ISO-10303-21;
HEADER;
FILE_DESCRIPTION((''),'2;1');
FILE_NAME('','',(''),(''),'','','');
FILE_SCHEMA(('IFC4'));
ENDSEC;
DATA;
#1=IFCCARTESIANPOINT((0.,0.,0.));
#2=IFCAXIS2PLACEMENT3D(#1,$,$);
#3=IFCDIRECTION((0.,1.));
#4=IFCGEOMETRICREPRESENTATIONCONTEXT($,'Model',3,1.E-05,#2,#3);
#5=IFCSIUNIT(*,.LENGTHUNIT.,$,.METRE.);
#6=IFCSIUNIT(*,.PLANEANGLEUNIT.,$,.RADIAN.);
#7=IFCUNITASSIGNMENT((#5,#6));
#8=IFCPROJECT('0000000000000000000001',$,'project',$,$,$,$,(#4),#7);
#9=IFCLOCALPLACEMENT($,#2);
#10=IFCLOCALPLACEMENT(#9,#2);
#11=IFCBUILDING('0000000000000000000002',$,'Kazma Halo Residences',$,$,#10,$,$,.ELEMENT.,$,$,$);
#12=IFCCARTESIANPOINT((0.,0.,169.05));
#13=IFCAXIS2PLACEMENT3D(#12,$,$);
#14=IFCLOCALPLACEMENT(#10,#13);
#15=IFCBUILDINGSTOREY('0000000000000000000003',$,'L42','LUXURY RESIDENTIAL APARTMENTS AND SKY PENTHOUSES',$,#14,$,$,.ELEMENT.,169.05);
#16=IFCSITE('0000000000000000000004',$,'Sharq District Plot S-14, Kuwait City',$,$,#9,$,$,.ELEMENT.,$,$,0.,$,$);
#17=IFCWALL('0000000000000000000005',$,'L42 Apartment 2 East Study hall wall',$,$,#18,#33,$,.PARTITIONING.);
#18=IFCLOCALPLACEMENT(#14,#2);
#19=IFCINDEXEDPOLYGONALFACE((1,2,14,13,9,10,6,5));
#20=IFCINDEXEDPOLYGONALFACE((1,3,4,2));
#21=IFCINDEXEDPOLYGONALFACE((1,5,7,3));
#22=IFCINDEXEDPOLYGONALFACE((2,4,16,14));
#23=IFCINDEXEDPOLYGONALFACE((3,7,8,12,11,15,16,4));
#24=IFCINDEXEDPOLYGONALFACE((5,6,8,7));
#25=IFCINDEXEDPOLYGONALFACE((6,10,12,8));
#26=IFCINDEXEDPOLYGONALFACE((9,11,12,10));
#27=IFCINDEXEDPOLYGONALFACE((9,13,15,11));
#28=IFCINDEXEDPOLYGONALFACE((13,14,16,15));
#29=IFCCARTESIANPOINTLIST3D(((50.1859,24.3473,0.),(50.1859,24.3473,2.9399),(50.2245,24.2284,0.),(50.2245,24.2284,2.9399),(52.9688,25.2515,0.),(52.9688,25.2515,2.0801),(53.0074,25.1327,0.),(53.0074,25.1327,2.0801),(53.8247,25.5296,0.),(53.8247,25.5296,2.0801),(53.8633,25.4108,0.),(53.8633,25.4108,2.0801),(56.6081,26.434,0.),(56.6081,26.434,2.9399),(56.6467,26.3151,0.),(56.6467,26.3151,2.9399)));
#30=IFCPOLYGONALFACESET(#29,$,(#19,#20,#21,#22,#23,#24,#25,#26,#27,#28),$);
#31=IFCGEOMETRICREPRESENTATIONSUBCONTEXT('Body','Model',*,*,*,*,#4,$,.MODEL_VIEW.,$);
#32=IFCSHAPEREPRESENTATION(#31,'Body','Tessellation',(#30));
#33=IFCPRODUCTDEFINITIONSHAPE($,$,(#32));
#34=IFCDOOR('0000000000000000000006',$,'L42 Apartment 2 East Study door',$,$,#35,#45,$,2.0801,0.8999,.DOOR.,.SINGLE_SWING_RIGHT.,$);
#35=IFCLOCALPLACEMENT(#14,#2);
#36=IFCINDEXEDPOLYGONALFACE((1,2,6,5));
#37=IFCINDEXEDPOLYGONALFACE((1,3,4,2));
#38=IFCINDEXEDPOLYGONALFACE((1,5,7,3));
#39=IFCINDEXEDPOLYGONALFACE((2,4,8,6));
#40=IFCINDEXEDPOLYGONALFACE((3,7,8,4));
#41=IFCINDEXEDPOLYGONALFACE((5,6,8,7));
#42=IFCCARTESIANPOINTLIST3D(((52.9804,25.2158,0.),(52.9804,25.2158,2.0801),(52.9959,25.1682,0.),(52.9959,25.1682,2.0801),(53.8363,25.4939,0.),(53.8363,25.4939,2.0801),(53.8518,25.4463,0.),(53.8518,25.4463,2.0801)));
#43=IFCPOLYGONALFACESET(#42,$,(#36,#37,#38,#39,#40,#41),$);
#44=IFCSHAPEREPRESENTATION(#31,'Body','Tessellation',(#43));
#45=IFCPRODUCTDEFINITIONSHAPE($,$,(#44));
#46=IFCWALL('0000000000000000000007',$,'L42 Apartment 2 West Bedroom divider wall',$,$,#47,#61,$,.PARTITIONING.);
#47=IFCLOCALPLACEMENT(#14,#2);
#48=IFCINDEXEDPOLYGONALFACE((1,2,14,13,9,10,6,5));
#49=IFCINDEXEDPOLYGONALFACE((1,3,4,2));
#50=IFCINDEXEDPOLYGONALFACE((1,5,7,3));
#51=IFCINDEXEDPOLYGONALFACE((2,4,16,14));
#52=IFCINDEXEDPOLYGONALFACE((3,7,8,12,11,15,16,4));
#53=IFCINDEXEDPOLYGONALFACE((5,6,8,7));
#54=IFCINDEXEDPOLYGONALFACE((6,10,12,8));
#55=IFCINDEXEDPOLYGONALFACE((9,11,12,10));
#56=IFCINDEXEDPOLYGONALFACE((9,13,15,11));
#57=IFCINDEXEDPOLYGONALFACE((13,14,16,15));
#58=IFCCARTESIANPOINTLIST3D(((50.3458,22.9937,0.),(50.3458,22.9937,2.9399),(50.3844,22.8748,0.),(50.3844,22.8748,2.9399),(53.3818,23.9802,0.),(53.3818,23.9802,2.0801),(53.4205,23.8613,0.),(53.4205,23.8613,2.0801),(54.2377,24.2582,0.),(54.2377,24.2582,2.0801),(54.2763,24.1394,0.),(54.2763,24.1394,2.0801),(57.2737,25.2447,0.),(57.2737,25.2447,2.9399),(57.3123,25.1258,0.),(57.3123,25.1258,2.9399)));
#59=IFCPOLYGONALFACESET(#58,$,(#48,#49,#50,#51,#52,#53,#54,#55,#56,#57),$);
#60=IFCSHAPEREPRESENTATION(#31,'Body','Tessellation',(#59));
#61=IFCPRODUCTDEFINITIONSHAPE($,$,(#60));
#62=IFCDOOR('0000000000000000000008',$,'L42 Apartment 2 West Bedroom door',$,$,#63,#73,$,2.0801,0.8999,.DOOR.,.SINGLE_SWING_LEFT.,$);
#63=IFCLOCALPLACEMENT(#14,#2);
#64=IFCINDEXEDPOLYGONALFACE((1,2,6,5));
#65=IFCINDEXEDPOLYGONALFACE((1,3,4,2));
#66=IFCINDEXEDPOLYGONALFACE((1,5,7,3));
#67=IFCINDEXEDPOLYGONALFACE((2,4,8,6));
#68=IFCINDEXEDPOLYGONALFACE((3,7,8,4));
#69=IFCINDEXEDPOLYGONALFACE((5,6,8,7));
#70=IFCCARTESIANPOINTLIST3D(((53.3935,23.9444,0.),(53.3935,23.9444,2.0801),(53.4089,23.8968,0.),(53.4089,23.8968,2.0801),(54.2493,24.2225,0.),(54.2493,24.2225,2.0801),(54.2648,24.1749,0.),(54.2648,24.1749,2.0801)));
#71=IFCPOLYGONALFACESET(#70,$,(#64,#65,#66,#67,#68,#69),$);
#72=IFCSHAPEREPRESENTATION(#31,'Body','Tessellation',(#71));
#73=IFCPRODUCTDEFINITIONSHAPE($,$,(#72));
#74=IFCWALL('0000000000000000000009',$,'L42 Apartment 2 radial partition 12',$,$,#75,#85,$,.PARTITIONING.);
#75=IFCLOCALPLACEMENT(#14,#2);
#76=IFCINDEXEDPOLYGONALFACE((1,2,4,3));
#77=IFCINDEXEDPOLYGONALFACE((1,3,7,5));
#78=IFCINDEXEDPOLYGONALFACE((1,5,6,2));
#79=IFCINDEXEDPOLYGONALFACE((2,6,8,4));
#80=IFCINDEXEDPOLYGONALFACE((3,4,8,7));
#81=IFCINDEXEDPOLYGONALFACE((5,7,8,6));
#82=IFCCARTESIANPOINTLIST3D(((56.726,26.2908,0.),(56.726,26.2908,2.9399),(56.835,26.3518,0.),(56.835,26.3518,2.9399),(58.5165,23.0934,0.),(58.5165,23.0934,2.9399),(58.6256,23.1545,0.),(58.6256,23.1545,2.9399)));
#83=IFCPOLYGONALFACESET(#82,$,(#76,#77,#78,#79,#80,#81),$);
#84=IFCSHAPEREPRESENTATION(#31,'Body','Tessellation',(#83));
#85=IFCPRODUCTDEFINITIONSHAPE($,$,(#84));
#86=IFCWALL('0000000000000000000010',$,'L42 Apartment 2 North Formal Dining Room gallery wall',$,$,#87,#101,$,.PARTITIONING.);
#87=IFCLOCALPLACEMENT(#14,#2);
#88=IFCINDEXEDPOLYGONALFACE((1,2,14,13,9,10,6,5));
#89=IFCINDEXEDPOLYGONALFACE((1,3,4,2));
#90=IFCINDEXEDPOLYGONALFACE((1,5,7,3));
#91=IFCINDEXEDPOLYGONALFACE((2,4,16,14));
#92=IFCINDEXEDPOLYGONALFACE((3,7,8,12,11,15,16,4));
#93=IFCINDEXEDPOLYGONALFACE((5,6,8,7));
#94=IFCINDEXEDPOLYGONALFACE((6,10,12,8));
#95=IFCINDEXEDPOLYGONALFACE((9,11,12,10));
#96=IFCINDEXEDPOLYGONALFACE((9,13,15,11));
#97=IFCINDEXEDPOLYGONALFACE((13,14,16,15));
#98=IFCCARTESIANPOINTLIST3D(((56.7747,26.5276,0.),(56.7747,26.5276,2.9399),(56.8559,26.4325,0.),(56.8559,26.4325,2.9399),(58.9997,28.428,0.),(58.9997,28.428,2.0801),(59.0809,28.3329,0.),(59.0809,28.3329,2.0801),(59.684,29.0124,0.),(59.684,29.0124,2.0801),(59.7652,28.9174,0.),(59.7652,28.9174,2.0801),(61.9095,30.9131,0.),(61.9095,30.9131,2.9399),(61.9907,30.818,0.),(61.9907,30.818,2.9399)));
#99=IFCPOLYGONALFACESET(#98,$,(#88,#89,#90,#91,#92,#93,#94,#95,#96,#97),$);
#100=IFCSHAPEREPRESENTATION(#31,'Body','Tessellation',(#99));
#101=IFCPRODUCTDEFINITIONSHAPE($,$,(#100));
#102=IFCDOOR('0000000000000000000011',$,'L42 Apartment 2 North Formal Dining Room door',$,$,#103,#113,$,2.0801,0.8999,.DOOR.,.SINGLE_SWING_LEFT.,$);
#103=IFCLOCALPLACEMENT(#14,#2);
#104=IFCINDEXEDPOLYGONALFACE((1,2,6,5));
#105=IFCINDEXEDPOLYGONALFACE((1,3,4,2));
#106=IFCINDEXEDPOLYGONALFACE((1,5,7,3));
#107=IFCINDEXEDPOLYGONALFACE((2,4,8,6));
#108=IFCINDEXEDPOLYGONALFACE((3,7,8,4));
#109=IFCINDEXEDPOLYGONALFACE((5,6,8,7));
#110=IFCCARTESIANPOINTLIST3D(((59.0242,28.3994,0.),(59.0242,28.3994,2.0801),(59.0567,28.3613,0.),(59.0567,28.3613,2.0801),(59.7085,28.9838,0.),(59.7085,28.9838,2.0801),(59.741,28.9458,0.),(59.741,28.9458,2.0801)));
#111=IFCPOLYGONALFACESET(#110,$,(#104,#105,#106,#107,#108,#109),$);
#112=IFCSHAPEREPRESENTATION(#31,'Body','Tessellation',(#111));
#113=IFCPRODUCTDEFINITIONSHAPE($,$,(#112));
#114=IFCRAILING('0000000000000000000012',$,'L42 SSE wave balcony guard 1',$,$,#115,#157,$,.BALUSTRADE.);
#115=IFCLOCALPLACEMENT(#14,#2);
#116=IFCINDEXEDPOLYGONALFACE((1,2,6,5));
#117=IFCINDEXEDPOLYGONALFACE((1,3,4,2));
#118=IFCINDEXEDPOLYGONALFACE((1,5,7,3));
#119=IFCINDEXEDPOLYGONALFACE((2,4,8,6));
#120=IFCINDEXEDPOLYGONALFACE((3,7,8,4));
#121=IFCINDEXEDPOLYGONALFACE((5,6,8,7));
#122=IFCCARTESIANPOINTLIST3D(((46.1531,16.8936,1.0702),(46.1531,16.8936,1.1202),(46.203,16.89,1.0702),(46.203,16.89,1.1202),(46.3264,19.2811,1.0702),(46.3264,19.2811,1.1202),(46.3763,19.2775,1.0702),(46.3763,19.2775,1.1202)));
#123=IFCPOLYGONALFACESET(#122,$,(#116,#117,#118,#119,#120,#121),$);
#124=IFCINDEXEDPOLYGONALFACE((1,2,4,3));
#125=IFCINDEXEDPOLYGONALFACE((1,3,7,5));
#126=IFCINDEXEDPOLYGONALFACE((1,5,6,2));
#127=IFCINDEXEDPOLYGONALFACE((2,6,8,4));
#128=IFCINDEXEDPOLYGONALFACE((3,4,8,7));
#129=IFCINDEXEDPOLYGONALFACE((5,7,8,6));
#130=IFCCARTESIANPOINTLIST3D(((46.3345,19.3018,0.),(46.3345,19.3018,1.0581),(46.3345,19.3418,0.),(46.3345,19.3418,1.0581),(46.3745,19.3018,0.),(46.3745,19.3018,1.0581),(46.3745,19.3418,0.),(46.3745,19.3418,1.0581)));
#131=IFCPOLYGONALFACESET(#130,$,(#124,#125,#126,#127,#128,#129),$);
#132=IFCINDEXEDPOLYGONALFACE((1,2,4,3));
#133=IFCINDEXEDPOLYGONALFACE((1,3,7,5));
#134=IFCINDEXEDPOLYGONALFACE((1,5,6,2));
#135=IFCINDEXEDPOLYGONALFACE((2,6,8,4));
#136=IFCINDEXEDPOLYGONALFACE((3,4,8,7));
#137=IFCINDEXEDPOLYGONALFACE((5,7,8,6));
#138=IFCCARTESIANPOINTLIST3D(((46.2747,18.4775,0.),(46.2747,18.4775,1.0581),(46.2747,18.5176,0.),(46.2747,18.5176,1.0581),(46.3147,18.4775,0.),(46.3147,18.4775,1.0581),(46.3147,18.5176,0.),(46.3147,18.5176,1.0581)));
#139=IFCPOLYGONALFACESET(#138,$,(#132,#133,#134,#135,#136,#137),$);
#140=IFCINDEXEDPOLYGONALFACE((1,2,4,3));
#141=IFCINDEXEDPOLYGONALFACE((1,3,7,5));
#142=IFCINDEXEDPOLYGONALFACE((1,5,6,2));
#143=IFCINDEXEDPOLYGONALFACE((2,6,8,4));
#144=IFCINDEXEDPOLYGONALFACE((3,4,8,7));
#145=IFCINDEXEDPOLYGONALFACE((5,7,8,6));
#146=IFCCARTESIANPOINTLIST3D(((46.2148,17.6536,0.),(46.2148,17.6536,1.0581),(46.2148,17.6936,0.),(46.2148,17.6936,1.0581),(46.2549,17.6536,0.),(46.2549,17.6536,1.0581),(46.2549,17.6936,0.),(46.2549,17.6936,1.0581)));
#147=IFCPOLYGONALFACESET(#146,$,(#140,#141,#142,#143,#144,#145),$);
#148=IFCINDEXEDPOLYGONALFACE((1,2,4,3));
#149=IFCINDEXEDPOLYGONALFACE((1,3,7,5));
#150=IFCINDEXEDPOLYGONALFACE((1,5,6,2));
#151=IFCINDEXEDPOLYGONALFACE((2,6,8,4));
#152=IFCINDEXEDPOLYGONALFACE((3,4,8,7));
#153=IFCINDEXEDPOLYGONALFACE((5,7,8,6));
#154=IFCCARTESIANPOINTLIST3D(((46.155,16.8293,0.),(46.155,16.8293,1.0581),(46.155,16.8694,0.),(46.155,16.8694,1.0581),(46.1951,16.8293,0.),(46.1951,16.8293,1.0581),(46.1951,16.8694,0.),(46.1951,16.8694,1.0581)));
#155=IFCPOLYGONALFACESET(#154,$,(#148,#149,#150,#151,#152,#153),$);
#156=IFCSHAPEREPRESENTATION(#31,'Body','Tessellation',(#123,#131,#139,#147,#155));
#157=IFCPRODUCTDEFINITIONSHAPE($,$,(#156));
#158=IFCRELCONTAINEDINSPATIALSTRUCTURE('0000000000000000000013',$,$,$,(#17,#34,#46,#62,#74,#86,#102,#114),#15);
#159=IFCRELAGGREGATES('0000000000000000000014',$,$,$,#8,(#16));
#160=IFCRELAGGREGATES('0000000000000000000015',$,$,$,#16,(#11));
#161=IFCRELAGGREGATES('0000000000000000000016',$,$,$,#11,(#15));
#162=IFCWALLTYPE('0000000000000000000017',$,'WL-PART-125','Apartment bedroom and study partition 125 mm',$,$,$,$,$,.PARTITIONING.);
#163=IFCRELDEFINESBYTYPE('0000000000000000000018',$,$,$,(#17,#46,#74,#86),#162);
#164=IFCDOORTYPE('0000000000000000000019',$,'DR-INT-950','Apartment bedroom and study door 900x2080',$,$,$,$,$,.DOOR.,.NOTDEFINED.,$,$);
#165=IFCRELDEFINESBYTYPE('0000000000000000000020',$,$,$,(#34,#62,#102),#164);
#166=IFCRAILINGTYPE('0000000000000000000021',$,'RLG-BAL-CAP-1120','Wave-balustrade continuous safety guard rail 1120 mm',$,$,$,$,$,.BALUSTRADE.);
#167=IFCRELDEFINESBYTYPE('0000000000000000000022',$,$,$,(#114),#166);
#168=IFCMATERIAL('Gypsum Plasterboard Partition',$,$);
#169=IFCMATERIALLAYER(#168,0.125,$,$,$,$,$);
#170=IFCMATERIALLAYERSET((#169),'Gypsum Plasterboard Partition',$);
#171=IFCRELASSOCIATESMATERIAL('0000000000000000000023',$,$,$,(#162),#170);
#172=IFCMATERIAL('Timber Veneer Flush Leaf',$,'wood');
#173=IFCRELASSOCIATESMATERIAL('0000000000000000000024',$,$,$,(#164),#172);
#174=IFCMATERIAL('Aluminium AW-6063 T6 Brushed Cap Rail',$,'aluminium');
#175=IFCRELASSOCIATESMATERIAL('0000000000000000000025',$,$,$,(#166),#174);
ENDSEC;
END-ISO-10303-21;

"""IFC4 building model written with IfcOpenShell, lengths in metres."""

from ifc_helpers import new_model, si_unit, direction, frame, frame_2d, origin, origin_2d, place, context, subcontext, project, spatial, rectangle, extrude, material, layer, layer_set, type_object, element, fill, save


model = new_model("IFC4")

# Units and contexts
model_context = context("Model", 3, precision=1e-05, world=origin(), true_north=direction((0.0, 1.0)))
body_context = subcontext(model_context, "Body", "Model", "MODEL_VIEW")
ifc_project = project(units=[si_unit("LENGTHUNIT", "METRE"), si_unit("PLANEANGLEUNIT", "RADIAN")], contexts=[model_context])

# Site, building, storey
site_placement = place(None, origin())
site = spatial("IfcSite", under=ifc_project, at=site_placement, Name="Sharq District Plot S-14, Kuwait City", CompositionType="ELEMENT", RefElevation=0.0)
building_placement = place(site_placement, origin())
building = spatial("IfcBuilding", under=site, at=building_placement, Name="Kazma Halo Residences", CompositionType="ELEMENT")
storey_placement = place(building_placement, frame((0.0, 0.0, 169.05)))
storey = spatial("IfcBuildingStorey", under=building, at=storey_placement, Name="L42", Description="LUXURY RESIDENTIAL APARTMENTS AND SKY PENTHOUSES", CompositionType="ELEMENT", Elevation=169.05)

# Shared definitions
ifc_material_1 = material(Name="Gypsum Plasterboard Partition")
ifc_layer_1 = layer(ifc_material_1, 0.125)
ifc_layer_set_1 = layer_set([ifc_layer_1], Name="Gypsum Plasterboard Partition")
wall_type_1 = type_object("IfcWallType", Name="WL-PART-125", Description="Apartment bedroom and study partition 125 mm", PredefinedType="PARTITIONING", material=ifc_layer_set_1)

# Walls, openings, doors
wall_1_placement = place(storey_placement, frame((50.2051, 24.2878, 0.0), z_axis=(0.0, 0.0, 1.0), x_axis=(0.951057, 0.309017, 0.0)))
wall_1 = element("IfcWall", 1, at=wall_1_placement, inside=storey, type_object=wall_type_1, Name="L42 Apartment 2 East Study hall wall", PredefinedType="PARTITIONING", context=body_context, shape_type="SweptSolid", body=[
    extrude(rectangle(XDim=6.7527, YDim=0.125, at=frame_2d((3.3765, 0.0))), origin(), (0.0, 0.0, 1.0), 2.9399),
])
opening_1_placement = place(wall_1_placement, frame((2.9263, 0.0, 0.0)))
opening_1 = element("IfcOpeningElement", 2, at=opening_1_placement, cuts=wall_1, PredefinedType="OPENING", context=body_context, shape_type="SweptSolid", body=[
    extrude(rectangle(XDim=0.8999, YDim=2.0801, at=frame_2d((0.45, 1.04))), frame((0.0, 0.0725, 0.0), z_axis=(0.0, -1.0, 0.0), x_axis=(1.0, 0.0, 0.0)), (0.0, 0.0, 1.0), 0.145),
])
ifc_material_2 = material(Name="Timber Veneer Flush Leaf", Category="wood")
door_type_1 = type_object("IfcDoorType", Name="DR-INT-950", Description="Apartment bedroom and study door 900x2080", OperationType="NOTDEFINED", PredefinedType="DOOR", material=ifc_material_2)
door_1_placement = place(opening_1_placement, origin())
door_1 = element("IfcDoor", 3, at=door_1_placement, inside=storey, type_object=door_type_1, Name="L42 Apartment 2 East Study door", OperationType="SINGLE_SWING_RIGHT", OverallHeight=2.0801, OverallWidth=0.8999, PredefinedType="DOOR", context=body_context, shape_type="SweptSolid", body=[
    extrude(rectangle(XDim=0.8999, YDim=2.0801, at=frame_2d((0.45, 1.04))), frame((0.0, 0.0249, 0.0), z_axis=(0.0, -1.0, 0.0), x_axis=(1.0, 0.0, 0.0)), (0.0, 0.0, 1.0), 0.05),
])
fill(opening_1, door_1)
wall_2_placement = place(storey_placement, frame((50.3652, 22.9343, 0.0), z_axis=(0.0, 0.0, 1.0), x_axis=(0.951059, 0.30901, 0.0)))
wall_2 = element("IfcWall", 4, at=wall_2_placement, inside=storey, type_object=wall_type_1, Name="L42 Apartment 2 West Bedroom divider wall", PredefinedType="PARTITIONING", context=body_context, shape_type="SweptSolid", body=[
    extrude(rectangle(XDim=7.2844, YDim=0.125, at=frame_2d((3.6421, 0.0))), origin(), (0.0, 0.0, 1.0), 2.9399),
])
opening_2_placement = place(wall_2_placement, frame((3.1921, 0.0, 0.0)))
opening_2 = element("IfcOpeningElement", 5, at=opening_2_placement, cuts=wall_2, PredefinedType="OPENING", context=body_context, shape_type="SweptSolid", body=[
    extrude(rectangle(XDim=0.8999, YDim=2.0801, at=frame_2d((0.45, 1.04))), frame((0.0, 0.0725, 0.0), z_axis=(0.0, -1.0, 0.0), x_axis=(1.0, 0.0, 0.0)), (0.0, 0.0, 1.0), 0.145),
])
door_2_placement = place(opening_2_placement, origin())
door_2 = element("IfcDoor", 6, at=door_2_placement, inside=storey, type_object=door_type_1, Name="L42 Apartment 2 West Bedroom door", OperationType="SINGLE_SWING_LEFT", OverallHeight=2.0801, OverallWidth=0.8999, PredefinedType="DOOR", context=body_context, shape_type="SweptSolid", body=[
    extrude(rectangle(XDim=0.8999, YDim=2.0801, at=frame_2d((0.45, 1.04))), frame((0.0, 0.0249, 0.0), z_axis=(0.0, -1.0, 0.0), x_axis=(1.0, 0.0, 0.0)), (0.0, 0.0, 1.0), 0.05),
])
fill(opening_2, door_2)

# Wall
wall_3_placement = place(storey_placement, frame((56.7805, 26.3213, 0.0), z_axis=(0.0, 0.0, 1.0), x_axis=(0.488616, -0.872499, 0.0)))
element("IfcWall", 7, at=wall_3_placement, inside=storey, type_object=wall_type_1, Name="L42 Apartment 2 radial partition 12", PredefinedType="PARTITIONING", context=body_context, shape_type="SweptSolid", body=[
    extrude(rectangle(XDim=3.6646, YDim=0.125, at=frame_2d((1.8323, 0.0))), origin(), (0.0, 0.0, 1.0), 2.9399),
])

# Wall, opening, door
wall_4_placement = place(storey_placement, frame((56.8152, 26.48, 0.0), z_axis=(0.0, 0.0, 1.0), x_axis=(0.760406, 0.649448, 0.0)))
wall_4 = element("IfcWall", 8, at=wall_4_placement, inside=storey, type_object=wall_type_1, Name="L42 Apartment 2 North Formal Dining Room gallery wall", PredefinedType="PARTITIONING", context=body_context, shape_type="SweptSolid", body=[
    extrude(rectangle(XDim=6.7527, YDim=0.125, at=frame_2d((3.3765, 0.0))), origin(), (0.0, 0.0, 1.0), 2.9399),
])
opening_3_placement = place(wall_4_placement, frame((2.9263, 0.0, 0.0)))
opening_3 = element("IfcOpeningElement", 9, at=opening_3_placement, cuts=wall_4, PredefinedType="OPENING", context=body_context, shape_type="SweptSolid", body=[
    extrude(rectangle(XDim=0.8999, YDim=2.0801, at=frame_2d((0.45, 1.04))), frame((0.0, 0.0725, 0.0), z_axis=(0.0, -1.0, 0.0), x_axis=(1.0, 0.0, 0.0)), (0.0, 0.0, 1.0), 0.145),
])
door_3_placement = place(opening_3_placement, origin())
door_3 = element("IfcDoor", 10, at=door_3_placement, inside=storey, type_object=door_type_1, Name="L42 Apartment 2 North Formal Dining Room door", OperationType="SINGLE_SWING_LEFT", OverallHeight=2.0801, OverallWidth=0.8999, PredefinedType="DOOR", context=body_context, shape_type="SweptSolid", body=[
    extrude(rectangle(XDim=0.8999, YDim=2.0801, at=frame_2d((0.45, 1.04))), frame((0.0, 0.0249, 0.0), z_axis=(0.0, -1.0, 0.0), x_axis=(1.0, 0.0, 0.0)), (0.0, 0.0, 1.0), 0.05),
])
fill(opening_3, door_3)

# Railing
ifc_material_3 = material(Name="Aluminium AW-6063 T6 Brushed Cap Rail", Category="aluminium")
railing_type = type_object("IfcRailingType", Name="RLG-BAL-CAP-1120", Description="Wave-balustrade continuous safety guard rail 1120 mm", PredefinedType="BALUSTRADE", material=ifc_material_3)
railing_1_placement = place(storey_placement, frame((46.3545, 19.3218, 0.0)))
element("IfcRailing", 11, at=railing_1_placement, inside=storey, type_object=railing_type, Name="L42 SSE wave balcony guard 1", PredefinedType="BALUSTRADE", context=body_context, shape_type="SweptSolid", body=[
    extrude(rectangle(XDim=0.05, YDim=0.05, at=origin_2d()), frame((-0.0032, -0.0425, 1.0952), z_axis=(-0.072388, -0.997377, 0.0), x_axis=(0.997377, -0.072388, 0.0)), (0.0, 0.0, 1.0), 2.3938),
    extrude(rectangle(XDim=0.04, YDim=0.04, at=origin_2d()), origin(), (0.0, 0.0, 1.0), 1.0581),
    extrude(rectangle(XDim=0.04, YDim=0.04, at=origin_2d()), frame((-0.0598, -0.8242, 0.0)), (0.0, 0.0, 1.0), 1.0581),
    extrude(rectangle(XDim=0.04, YDim=0.04, at=origin_2d()), frame((-0.1196, -1.6482, 0.0)), (0.0, 0.0, 1.0), 1.0581),
    extrude(rectangle(XDim=0.04, YDim=0.04, at=origin_2d()), frame((-0.1794, -2.4724, 0.0)), (0.0, 0.0, 1.0), 1.0581),
])

save(model, "model.ifc")
